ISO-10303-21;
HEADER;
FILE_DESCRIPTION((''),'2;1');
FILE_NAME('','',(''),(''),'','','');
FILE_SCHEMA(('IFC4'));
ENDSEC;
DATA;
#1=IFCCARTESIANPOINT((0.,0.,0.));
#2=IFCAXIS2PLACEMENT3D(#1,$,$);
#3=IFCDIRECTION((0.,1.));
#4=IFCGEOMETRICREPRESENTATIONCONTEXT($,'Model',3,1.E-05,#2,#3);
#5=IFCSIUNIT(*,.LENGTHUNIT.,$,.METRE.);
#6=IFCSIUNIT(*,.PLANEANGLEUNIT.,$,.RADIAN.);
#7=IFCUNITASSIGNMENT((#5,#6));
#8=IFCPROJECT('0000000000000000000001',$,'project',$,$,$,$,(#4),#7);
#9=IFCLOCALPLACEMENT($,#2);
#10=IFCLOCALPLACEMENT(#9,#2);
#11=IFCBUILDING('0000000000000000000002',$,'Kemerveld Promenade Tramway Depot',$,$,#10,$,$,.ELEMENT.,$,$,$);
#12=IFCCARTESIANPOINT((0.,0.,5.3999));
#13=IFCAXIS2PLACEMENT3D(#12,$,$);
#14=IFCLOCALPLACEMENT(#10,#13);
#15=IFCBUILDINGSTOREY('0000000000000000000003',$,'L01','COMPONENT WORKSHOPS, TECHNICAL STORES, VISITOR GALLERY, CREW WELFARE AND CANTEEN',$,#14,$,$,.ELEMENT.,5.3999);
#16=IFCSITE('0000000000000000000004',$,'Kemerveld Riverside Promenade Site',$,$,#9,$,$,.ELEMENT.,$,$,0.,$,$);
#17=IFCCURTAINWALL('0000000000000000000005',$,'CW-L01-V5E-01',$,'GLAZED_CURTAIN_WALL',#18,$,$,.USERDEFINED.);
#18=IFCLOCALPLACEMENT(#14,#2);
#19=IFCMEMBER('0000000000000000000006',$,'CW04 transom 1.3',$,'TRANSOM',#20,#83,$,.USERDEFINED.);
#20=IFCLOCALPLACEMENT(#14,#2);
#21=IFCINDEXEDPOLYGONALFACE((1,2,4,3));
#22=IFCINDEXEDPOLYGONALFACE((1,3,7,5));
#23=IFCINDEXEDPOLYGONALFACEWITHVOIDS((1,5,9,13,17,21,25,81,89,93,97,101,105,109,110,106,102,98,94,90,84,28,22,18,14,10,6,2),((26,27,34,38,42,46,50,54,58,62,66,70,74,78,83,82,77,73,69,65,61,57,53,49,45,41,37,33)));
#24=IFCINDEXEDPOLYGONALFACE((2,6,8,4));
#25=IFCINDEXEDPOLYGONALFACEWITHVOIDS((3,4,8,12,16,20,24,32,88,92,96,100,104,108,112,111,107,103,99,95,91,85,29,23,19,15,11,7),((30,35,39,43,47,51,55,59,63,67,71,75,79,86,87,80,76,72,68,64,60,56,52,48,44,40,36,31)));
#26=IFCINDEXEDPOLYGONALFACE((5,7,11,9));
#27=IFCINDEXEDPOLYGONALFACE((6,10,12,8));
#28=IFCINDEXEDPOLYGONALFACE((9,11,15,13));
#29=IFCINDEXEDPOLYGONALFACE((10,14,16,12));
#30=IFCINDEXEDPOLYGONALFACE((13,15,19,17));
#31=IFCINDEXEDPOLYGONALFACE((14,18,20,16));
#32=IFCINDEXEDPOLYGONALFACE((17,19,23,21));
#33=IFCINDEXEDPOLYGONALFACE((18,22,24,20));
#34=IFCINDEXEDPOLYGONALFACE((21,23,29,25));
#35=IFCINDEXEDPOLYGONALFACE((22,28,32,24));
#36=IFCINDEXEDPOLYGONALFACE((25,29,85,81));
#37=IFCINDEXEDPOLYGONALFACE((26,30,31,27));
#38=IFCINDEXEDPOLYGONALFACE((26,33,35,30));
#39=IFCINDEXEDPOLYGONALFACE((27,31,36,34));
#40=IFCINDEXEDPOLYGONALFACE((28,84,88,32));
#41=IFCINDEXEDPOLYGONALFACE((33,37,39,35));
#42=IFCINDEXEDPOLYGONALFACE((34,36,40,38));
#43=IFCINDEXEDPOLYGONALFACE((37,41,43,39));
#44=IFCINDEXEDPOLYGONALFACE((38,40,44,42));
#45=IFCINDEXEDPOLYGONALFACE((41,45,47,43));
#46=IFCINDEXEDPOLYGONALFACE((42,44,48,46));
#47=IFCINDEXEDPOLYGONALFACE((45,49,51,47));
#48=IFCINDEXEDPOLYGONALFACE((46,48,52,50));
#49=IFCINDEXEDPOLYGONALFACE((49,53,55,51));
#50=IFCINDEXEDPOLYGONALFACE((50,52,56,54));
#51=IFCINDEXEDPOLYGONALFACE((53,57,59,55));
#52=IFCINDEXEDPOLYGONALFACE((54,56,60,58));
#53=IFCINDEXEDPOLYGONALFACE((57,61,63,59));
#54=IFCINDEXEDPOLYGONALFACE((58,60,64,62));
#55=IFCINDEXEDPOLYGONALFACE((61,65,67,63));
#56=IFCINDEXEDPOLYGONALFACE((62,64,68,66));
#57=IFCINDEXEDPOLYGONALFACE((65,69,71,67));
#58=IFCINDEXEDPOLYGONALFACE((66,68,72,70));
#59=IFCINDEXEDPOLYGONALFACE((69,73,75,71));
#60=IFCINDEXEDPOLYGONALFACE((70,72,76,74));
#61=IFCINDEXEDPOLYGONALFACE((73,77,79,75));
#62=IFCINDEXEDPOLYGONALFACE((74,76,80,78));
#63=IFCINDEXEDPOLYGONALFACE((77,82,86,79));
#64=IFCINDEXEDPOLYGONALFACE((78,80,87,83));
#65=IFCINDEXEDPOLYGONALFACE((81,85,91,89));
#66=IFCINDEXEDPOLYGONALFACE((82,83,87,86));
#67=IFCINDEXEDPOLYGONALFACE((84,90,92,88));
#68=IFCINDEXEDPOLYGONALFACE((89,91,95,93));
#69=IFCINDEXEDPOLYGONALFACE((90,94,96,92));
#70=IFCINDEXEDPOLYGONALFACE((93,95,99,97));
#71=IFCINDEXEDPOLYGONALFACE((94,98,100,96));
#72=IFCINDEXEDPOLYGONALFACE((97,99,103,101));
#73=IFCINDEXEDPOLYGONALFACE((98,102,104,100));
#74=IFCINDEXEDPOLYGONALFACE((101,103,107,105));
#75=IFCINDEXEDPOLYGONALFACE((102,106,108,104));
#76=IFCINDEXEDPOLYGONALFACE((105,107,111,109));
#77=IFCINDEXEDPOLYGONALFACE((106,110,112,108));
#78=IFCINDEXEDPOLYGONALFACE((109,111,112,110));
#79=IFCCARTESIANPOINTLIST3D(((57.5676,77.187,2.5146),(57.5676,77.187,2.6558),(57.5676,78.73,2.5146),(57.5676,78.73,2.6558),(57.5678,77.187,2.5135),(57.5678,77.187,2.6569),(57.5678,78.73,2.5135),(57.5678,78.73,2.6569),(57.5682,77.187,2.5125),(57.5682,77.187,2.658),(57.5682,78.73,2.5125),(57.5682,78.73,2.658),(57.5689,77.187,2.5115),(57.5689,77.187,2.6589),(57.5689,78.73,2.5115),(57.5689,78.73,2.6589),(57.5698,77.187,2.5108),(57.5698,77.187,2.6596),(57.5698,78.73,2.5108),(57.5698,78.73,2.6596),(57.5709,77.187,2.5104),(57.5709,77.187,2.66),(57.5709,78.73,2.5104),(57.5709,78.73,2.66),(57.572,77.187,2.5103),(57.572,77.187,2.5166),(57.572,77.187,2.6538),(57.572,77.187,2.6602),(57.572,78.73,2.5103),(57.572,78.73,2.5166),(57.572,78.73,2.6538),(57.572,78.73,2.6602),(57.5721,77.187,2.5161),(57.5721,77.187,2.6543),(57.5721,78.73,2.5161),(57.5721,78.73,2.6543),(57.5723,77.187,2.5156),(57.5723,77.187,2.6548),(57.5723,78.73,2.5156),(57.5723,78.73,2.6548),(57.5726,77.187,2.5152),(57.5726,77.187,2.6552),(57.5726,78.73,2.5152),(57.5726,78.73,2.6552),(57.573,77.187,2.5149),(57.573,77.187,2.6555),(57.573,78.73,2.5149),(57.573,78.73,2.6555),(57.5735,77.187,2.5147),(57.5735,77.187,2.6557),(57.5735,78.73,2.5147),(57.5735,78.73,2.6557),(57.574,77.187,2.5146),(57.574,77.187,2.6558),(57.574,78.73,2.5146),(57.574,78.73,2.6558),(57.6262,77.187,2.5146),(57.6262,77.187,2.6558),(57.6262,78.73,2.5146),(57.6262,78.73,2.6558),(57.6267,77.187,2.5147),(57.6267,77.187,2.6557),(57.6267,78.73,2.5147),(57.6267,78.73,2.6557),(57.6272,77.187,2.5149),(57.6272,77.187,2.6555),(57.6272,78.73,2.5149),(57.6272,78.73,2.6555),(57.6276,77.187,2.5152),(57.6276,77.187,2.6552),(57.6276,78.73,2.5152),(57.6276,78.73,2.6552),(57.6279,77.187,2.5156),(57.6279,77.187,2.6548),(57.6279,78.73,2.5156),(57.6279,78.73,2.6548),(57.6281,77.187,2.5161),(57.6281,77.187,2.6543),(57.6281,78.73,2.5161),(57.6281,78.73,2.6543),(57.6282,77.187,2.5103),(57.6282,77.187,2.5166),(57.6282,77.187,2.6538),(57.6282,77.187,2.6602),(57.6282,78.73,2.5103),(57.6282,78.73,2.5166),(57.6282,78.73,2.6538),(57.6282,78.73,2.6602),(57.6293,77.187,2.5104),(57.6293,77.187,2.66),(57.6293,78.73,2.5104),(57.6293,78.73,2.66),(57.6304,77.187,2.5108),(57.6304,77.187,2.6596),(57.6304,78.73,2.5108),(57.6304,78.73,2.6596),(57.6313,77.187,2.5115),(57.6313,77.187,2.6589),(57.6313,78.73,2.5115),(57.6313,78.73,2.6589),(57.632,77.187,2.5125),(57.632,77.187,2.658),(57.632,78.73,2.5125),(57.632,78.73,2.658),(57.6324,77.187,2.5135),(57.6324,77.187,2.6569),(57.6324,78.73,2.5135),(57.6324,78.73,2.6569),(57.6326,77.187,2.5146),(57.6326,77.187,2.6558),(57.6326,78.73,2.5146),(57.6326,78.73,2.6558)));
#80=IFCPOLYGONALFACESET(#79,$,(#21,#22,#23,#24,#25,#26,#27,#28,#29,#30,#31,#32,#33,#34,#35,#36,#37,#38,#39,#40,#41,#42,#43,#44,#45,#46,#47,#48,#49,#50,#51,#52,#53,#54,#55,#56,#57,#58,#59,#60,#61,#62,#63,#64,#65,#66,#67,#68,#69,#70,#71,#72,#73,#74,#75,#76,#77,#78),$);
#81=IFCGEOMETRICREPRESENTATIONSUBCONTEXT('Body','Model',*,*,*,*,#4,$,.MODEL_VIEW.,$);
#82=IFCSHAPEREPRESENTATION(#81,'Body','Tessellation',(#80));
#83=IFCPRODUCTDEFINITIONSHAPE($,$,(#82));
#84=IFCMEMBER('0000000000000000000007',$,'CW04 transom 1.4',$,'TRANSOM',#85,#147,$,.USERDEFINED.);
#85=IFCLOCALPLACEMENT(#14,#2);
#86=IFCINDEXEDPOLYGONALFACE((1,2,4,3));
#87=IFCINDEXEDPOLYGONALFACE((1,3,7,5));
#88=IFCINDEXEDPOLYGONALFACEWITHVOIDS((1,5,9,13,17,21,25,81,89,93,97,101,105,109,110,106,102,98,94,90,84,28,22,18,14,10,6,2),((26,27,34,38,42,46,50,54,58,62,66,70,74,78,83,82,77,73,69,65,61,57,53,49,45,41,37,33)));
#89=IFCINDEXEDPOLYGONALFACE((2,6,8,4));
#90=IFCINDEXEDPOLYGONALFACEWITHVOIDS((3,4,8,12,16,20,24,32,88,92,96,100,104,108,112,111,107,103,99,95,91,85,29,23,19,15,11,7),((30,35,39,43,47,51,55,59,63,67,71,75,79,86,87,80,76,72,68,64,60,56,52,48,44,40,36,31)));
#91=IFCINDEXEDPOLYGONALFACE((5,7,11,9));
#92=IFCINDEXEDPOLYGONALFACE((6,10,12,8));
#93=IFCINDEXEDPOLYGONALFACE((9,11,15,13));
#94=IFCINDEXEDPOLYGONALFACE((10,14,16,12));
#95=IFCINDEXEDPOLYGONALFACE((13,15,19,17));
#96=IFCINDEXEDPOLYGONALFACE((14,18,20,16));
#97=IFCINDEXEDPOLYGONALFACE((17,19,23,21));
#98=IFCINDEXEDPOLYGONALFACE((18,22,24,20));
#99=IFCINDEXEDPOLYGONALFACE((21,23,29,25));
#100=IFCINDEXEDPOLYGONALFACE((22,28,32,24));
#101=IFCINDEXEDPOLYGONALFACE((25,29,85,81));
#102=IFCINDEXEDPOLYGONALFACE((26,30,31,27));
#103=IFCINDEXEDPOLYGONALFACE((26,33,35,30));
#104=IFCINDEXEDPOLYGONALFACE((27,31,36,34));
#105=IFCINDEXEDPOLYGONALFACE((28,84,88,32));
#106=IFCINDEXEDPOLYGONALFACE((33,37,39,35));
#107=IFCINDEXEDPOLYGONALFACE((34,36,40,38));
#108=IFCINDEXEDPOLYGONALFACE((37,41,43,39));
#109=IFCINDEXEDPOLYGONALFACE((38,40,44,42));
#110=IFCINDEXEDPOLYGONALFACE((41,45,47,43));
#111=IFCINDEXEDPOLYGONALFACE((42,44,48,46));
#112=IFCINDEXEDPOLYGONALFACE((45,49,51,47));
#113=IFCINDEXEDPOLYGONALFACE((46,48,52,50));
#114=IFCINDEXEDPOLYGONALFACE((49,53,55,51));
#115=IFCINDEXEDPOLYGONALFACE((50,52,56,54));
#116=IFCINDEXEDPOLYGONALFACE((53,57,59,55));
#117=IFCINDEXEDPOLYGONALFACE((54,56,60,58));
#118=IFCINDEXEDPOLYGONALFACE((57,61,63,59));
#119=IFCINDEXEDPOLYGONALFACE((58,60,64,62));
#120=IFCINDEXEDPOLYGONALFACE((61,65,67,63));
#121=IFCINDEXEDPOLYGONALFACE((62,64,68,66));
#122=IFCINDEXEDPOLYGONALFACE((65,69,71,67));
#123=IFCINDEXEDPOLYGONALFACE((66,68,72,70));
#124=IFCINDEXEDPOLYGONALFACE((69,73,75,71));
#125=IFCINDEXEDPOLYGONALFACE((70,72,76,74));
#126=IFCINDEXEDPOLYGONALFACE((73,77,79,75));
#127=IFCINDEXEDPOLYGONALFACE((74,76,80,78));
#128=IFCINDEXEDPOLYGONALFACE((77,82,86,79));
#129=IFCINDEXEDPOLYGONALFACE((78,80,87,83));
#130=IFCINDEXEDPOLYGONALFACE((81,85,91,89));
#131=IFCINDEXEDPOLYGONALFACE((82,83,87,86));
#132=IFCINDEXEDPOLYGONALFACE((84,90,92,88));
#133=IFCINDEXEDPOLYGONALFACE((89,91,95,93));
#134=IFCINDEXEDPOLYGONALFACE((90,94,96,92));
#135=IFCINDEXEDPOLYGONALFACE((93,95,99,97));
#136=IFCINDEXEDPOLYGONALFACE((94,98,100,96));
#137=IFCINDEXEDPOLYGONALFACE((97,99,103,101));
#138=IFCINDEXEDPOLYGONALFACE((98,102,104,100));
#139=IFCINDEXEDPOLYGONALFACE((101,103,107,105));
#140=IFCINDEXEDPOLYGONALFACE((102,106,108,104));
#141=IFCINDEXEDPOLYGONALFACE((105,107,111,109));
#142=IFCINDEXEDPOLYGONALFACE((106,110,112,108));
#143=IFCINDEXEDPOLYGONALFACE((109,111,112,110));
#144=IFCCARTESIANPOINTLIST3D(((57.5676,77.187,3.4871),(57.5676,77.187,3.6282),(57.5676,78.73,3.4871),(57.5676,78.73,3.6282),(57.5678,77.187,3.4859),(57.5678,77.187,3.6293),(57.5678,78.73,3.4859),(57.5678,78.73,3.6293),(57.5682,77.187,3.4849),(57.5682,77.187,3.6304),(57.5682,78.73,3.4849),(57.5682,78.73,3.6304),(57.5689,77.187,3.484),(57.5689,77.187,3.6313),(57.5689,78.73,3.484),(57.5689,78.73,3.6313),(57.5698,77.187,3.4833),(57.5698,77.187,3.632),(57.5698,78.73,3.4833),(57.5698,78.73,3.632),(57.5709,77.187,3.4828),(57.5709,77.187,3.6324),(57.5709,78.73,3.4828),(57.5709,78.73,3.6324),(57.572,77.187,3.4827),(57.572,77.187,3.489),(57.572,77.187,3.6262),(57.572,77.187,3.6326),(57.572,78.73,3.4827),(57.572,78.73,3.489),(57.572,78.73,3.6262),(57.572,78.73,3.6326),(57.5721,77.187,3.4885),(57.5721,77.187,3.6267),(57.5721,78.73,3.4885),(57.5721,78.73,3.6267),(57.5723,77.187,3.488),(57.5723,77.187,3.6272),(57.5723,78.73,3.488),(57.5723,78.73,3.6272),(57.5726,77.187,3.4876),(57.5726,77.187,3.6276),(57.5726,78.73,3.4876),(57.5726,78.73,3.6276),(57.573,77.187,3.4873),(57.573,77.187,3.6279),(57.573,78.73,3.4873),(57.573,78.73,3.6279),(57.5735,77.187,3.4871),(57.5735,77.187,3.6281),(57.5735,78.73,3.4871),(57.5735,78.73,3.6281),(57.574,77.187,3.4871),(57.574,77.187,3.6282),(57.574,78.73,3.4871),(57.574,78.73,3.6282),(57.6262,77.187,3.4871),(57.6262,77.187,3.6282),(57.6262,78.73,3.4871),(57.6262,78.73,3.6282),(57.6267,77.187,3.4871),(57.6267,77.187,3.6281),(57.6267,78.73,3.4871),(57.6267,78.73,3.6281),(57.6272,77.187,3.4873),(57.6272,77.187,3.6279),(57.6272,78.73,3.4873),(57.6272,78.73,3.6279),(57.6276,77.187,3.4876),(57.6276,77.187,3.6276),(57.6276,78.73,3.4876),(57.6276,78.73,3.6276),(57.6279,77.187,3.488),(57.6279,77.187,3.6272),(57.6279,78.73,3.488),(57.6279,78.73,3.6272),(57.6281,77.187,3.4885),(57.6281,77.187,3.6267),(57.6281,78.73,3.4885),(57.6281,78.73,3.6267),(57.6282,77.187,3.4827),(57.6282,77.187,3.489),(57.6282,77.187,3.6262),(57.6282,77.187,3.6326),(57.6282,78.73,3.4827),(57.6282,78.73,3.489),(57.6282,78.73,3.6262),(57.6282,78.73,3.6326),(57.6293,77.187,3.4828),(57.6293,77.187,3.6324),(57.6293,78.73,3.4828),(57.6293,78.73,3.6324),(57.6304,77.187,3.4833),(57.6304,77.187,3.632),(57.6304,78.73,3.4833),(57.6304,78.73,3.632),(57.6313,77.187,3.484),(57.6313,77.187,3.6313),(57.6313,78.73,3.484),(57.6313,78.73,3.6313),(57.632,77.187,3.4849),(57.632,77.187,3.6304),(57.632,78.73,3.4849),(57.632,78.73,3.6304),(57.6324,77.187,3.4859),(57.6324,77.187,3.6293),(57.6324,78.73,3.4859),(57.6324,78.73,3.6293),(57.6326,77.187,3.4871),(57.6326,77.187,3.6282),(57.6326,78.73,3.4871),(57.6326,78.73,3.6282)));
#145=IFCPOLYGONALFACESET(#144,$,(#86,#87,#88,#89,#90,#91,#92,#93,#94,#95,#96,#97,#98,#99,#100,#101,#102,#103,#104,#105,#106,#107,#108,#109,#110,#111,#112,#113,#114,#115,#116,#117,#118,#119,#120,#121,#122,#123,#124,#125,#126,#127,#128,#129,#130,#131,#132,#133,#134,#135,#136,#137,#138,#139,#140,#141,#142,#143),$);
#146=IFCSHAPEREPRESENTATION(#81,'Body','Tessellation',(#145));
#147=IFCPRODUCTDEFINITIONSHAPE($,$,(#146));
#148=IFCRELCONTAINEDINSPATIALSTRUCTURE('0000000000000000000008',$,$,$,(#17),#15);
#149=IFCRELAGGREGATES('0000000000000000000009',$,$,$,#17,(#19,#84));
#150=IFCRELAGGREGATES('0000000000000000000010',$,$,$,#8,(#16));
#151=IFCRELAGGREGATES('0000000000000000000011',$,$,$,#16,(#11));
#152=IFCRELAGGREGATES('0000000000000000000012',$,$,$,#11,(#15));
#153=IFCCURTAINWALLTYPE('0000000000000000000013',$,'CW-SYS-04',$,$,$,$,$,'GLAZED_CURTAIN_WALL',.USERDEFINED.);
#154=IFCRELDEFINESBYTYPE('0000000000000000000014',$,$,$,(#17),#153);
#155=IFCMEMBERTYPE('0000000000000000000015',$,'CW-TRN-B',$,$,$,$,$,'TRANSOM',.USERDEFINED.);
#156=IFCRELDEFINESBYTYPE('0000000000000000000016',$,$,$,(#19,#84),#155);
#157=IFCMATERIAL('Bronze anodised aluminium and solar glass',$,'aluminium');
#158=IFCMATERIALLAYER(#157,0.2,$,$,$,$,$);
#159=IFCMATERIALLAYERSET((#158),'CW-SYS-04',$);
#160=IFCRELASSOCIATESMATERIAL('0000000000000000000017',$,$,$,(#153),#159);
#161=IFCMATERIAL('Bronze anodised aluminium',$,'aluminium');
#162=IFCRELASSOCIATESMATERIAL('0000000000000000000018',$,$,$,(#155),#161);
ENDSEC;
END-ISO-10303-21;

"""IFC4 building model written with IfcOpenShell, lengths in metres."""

from ifc_helpers import new_model, si_unit, direction, frame, origin, origin_2d, place, context, subcontext, project, spatial, hollow_rectangle, extrude, material, layer, layer_set, material_profile, profile_set, type_object, element, aggregate, save


model = new_model("IFC4")

# Units and contexts
model_context = context("Model", 3, precision=1e-05, world=origin(), true_north=direction((0.0, 1.0)))
body_context = subcontext(model_context, "Body", "Model", "MODEL_VIEW")
ifc_project = project(units=[si_unit("LENGTHUNIT", "METRE"), si_unit("PLANEANGLEUNIT", "RADIAN")], contexts=[model_context])

# Site, building, storey
site_placement = place(None, origin())
site = spatial("IfcSite", under=ifc_project, at=site_placement, Name="Kemerveld Riverside Promenade Site", CompositionType="ELEMENT", RefElevation=0.0)
building_placement = place(site_placement, origin())
building = spatial("IfcBuilding", under=site, at=building_placement, Name="Kemerveld Promenade Tramway Depot", CompositionType="ELEMENT")
storey_placement = place(building_placement, frame((0.0, 0.0, 5.3999)))
storey = spatial("IfcBuildingStorey", under=building, at=storey_placement, Name="L01", Description="COMPONENT WORKSHOPS, TECHNICAL STORES, VISITOR GALLERY, CREW WELFARE AND CANTEEN", CompositionType="ELEMENT", Elevation=5.3999)

# Curtain wall, members
ifc_material_1 = material(Name="Bronze anodised aluminium and solar glass", Category="aluminium")
ifc_layer_1 = layer(ifc_material_1, 0.2)
ifc_layer_set_1 = layer_set([ifc_layer_1], Name="CW-SYS-04")
curtain_wall_type = type_object("IfcCurtainWallType", Name="CW-SYS-04", ElementType="GLAZED_CURTAIN_WALL", PredefinedType="USERDEFINED", material=ifc_layer_set_1)
curtain_wall_placement = place(storey_placement, origin())
curtain_wall = element("IfcCurtainWall", 1, at=curtain_wall_placement, inside=storey, type_object=curtain_wall_type, Name="CW-L01-V5E-01", ObjectType="GLAZED_CURTAIN_WALL", PredefinedType="USERDEFINED")
ifc_material_2 = material(Name="Bronze anodised aluminium", Category="aluminium")
ifc_material_profile_1 = material_profile(ifc_material_2, hollow_rectangle(XDim=0.0649, YDim=0.1499, WallThickness=0.0044, InnerFilletRadius=0.002, OuterFilletRadius=0.0044, at=origin_2d()), Name="CW-TRN-150x65")
ifc_profile_set_1 = profile_set([ifc_material_profile_1], Name="Bronze anodised aluminium")
member_type_1 = type_object("IfcMemberType", Name="CW-TRN-B", ElementType="TRANSOM", PredefinedType="USERDEFINED", material=ifc_profile_set_1)
member_1_placement = place(storey_placement, frame((57.6001, 78.73, 2.5852), z_axis=(0.0, -1.0, 0.0), x_axis=(1.0, 0.0, 0.0)))
member_1 = element("IfcMember", 2, at=member_1_placement, type_object=member_type_1, Name="CW04 transom 1.3", ObjectType="TRANSOM", PredefinedType="USERDEFINED", context=body_context, shape_type="SweptSolid", body=[
    extrude(hollow_rectangle(XDim=0.0649, YDim=0.1499, WallThickness=0.0044, InnerFilletRadius=0.002, OuterFilletRadius=0.0044, at=origin_2d()), origin(), (0.0, 0.0, 1.0), 1.543),
])
member_2_placement = place(storey_placement, frame((57.6001, 78.73, 3.5576), z_axis=(0.0, -1.0, 0.0), x_axis=(1.0, 0.0, 0.0)))
member_2 = element("IfcMember", 3, at=member_2_placement, type_object=member_type_1, Name="CW04 transom 1.4", ObjectType="TRANSOM", PredefinedType="USERDEFINED", context=body_context, shape_type="SweptSolid", body=[
    extrude(hollow_rectangle(XDim=0.0649, YDim=0.1499, WallThickness=0.0044, InnerFilletRadius=0.002, OuterFilletRadius=0.0044, at=origin_2d()), origin(), (0.0, 0.0, 1.0), 1.543),
])
aggregate(curtain_wall, [member_1, member_2])

save(model, "model.ifc")
